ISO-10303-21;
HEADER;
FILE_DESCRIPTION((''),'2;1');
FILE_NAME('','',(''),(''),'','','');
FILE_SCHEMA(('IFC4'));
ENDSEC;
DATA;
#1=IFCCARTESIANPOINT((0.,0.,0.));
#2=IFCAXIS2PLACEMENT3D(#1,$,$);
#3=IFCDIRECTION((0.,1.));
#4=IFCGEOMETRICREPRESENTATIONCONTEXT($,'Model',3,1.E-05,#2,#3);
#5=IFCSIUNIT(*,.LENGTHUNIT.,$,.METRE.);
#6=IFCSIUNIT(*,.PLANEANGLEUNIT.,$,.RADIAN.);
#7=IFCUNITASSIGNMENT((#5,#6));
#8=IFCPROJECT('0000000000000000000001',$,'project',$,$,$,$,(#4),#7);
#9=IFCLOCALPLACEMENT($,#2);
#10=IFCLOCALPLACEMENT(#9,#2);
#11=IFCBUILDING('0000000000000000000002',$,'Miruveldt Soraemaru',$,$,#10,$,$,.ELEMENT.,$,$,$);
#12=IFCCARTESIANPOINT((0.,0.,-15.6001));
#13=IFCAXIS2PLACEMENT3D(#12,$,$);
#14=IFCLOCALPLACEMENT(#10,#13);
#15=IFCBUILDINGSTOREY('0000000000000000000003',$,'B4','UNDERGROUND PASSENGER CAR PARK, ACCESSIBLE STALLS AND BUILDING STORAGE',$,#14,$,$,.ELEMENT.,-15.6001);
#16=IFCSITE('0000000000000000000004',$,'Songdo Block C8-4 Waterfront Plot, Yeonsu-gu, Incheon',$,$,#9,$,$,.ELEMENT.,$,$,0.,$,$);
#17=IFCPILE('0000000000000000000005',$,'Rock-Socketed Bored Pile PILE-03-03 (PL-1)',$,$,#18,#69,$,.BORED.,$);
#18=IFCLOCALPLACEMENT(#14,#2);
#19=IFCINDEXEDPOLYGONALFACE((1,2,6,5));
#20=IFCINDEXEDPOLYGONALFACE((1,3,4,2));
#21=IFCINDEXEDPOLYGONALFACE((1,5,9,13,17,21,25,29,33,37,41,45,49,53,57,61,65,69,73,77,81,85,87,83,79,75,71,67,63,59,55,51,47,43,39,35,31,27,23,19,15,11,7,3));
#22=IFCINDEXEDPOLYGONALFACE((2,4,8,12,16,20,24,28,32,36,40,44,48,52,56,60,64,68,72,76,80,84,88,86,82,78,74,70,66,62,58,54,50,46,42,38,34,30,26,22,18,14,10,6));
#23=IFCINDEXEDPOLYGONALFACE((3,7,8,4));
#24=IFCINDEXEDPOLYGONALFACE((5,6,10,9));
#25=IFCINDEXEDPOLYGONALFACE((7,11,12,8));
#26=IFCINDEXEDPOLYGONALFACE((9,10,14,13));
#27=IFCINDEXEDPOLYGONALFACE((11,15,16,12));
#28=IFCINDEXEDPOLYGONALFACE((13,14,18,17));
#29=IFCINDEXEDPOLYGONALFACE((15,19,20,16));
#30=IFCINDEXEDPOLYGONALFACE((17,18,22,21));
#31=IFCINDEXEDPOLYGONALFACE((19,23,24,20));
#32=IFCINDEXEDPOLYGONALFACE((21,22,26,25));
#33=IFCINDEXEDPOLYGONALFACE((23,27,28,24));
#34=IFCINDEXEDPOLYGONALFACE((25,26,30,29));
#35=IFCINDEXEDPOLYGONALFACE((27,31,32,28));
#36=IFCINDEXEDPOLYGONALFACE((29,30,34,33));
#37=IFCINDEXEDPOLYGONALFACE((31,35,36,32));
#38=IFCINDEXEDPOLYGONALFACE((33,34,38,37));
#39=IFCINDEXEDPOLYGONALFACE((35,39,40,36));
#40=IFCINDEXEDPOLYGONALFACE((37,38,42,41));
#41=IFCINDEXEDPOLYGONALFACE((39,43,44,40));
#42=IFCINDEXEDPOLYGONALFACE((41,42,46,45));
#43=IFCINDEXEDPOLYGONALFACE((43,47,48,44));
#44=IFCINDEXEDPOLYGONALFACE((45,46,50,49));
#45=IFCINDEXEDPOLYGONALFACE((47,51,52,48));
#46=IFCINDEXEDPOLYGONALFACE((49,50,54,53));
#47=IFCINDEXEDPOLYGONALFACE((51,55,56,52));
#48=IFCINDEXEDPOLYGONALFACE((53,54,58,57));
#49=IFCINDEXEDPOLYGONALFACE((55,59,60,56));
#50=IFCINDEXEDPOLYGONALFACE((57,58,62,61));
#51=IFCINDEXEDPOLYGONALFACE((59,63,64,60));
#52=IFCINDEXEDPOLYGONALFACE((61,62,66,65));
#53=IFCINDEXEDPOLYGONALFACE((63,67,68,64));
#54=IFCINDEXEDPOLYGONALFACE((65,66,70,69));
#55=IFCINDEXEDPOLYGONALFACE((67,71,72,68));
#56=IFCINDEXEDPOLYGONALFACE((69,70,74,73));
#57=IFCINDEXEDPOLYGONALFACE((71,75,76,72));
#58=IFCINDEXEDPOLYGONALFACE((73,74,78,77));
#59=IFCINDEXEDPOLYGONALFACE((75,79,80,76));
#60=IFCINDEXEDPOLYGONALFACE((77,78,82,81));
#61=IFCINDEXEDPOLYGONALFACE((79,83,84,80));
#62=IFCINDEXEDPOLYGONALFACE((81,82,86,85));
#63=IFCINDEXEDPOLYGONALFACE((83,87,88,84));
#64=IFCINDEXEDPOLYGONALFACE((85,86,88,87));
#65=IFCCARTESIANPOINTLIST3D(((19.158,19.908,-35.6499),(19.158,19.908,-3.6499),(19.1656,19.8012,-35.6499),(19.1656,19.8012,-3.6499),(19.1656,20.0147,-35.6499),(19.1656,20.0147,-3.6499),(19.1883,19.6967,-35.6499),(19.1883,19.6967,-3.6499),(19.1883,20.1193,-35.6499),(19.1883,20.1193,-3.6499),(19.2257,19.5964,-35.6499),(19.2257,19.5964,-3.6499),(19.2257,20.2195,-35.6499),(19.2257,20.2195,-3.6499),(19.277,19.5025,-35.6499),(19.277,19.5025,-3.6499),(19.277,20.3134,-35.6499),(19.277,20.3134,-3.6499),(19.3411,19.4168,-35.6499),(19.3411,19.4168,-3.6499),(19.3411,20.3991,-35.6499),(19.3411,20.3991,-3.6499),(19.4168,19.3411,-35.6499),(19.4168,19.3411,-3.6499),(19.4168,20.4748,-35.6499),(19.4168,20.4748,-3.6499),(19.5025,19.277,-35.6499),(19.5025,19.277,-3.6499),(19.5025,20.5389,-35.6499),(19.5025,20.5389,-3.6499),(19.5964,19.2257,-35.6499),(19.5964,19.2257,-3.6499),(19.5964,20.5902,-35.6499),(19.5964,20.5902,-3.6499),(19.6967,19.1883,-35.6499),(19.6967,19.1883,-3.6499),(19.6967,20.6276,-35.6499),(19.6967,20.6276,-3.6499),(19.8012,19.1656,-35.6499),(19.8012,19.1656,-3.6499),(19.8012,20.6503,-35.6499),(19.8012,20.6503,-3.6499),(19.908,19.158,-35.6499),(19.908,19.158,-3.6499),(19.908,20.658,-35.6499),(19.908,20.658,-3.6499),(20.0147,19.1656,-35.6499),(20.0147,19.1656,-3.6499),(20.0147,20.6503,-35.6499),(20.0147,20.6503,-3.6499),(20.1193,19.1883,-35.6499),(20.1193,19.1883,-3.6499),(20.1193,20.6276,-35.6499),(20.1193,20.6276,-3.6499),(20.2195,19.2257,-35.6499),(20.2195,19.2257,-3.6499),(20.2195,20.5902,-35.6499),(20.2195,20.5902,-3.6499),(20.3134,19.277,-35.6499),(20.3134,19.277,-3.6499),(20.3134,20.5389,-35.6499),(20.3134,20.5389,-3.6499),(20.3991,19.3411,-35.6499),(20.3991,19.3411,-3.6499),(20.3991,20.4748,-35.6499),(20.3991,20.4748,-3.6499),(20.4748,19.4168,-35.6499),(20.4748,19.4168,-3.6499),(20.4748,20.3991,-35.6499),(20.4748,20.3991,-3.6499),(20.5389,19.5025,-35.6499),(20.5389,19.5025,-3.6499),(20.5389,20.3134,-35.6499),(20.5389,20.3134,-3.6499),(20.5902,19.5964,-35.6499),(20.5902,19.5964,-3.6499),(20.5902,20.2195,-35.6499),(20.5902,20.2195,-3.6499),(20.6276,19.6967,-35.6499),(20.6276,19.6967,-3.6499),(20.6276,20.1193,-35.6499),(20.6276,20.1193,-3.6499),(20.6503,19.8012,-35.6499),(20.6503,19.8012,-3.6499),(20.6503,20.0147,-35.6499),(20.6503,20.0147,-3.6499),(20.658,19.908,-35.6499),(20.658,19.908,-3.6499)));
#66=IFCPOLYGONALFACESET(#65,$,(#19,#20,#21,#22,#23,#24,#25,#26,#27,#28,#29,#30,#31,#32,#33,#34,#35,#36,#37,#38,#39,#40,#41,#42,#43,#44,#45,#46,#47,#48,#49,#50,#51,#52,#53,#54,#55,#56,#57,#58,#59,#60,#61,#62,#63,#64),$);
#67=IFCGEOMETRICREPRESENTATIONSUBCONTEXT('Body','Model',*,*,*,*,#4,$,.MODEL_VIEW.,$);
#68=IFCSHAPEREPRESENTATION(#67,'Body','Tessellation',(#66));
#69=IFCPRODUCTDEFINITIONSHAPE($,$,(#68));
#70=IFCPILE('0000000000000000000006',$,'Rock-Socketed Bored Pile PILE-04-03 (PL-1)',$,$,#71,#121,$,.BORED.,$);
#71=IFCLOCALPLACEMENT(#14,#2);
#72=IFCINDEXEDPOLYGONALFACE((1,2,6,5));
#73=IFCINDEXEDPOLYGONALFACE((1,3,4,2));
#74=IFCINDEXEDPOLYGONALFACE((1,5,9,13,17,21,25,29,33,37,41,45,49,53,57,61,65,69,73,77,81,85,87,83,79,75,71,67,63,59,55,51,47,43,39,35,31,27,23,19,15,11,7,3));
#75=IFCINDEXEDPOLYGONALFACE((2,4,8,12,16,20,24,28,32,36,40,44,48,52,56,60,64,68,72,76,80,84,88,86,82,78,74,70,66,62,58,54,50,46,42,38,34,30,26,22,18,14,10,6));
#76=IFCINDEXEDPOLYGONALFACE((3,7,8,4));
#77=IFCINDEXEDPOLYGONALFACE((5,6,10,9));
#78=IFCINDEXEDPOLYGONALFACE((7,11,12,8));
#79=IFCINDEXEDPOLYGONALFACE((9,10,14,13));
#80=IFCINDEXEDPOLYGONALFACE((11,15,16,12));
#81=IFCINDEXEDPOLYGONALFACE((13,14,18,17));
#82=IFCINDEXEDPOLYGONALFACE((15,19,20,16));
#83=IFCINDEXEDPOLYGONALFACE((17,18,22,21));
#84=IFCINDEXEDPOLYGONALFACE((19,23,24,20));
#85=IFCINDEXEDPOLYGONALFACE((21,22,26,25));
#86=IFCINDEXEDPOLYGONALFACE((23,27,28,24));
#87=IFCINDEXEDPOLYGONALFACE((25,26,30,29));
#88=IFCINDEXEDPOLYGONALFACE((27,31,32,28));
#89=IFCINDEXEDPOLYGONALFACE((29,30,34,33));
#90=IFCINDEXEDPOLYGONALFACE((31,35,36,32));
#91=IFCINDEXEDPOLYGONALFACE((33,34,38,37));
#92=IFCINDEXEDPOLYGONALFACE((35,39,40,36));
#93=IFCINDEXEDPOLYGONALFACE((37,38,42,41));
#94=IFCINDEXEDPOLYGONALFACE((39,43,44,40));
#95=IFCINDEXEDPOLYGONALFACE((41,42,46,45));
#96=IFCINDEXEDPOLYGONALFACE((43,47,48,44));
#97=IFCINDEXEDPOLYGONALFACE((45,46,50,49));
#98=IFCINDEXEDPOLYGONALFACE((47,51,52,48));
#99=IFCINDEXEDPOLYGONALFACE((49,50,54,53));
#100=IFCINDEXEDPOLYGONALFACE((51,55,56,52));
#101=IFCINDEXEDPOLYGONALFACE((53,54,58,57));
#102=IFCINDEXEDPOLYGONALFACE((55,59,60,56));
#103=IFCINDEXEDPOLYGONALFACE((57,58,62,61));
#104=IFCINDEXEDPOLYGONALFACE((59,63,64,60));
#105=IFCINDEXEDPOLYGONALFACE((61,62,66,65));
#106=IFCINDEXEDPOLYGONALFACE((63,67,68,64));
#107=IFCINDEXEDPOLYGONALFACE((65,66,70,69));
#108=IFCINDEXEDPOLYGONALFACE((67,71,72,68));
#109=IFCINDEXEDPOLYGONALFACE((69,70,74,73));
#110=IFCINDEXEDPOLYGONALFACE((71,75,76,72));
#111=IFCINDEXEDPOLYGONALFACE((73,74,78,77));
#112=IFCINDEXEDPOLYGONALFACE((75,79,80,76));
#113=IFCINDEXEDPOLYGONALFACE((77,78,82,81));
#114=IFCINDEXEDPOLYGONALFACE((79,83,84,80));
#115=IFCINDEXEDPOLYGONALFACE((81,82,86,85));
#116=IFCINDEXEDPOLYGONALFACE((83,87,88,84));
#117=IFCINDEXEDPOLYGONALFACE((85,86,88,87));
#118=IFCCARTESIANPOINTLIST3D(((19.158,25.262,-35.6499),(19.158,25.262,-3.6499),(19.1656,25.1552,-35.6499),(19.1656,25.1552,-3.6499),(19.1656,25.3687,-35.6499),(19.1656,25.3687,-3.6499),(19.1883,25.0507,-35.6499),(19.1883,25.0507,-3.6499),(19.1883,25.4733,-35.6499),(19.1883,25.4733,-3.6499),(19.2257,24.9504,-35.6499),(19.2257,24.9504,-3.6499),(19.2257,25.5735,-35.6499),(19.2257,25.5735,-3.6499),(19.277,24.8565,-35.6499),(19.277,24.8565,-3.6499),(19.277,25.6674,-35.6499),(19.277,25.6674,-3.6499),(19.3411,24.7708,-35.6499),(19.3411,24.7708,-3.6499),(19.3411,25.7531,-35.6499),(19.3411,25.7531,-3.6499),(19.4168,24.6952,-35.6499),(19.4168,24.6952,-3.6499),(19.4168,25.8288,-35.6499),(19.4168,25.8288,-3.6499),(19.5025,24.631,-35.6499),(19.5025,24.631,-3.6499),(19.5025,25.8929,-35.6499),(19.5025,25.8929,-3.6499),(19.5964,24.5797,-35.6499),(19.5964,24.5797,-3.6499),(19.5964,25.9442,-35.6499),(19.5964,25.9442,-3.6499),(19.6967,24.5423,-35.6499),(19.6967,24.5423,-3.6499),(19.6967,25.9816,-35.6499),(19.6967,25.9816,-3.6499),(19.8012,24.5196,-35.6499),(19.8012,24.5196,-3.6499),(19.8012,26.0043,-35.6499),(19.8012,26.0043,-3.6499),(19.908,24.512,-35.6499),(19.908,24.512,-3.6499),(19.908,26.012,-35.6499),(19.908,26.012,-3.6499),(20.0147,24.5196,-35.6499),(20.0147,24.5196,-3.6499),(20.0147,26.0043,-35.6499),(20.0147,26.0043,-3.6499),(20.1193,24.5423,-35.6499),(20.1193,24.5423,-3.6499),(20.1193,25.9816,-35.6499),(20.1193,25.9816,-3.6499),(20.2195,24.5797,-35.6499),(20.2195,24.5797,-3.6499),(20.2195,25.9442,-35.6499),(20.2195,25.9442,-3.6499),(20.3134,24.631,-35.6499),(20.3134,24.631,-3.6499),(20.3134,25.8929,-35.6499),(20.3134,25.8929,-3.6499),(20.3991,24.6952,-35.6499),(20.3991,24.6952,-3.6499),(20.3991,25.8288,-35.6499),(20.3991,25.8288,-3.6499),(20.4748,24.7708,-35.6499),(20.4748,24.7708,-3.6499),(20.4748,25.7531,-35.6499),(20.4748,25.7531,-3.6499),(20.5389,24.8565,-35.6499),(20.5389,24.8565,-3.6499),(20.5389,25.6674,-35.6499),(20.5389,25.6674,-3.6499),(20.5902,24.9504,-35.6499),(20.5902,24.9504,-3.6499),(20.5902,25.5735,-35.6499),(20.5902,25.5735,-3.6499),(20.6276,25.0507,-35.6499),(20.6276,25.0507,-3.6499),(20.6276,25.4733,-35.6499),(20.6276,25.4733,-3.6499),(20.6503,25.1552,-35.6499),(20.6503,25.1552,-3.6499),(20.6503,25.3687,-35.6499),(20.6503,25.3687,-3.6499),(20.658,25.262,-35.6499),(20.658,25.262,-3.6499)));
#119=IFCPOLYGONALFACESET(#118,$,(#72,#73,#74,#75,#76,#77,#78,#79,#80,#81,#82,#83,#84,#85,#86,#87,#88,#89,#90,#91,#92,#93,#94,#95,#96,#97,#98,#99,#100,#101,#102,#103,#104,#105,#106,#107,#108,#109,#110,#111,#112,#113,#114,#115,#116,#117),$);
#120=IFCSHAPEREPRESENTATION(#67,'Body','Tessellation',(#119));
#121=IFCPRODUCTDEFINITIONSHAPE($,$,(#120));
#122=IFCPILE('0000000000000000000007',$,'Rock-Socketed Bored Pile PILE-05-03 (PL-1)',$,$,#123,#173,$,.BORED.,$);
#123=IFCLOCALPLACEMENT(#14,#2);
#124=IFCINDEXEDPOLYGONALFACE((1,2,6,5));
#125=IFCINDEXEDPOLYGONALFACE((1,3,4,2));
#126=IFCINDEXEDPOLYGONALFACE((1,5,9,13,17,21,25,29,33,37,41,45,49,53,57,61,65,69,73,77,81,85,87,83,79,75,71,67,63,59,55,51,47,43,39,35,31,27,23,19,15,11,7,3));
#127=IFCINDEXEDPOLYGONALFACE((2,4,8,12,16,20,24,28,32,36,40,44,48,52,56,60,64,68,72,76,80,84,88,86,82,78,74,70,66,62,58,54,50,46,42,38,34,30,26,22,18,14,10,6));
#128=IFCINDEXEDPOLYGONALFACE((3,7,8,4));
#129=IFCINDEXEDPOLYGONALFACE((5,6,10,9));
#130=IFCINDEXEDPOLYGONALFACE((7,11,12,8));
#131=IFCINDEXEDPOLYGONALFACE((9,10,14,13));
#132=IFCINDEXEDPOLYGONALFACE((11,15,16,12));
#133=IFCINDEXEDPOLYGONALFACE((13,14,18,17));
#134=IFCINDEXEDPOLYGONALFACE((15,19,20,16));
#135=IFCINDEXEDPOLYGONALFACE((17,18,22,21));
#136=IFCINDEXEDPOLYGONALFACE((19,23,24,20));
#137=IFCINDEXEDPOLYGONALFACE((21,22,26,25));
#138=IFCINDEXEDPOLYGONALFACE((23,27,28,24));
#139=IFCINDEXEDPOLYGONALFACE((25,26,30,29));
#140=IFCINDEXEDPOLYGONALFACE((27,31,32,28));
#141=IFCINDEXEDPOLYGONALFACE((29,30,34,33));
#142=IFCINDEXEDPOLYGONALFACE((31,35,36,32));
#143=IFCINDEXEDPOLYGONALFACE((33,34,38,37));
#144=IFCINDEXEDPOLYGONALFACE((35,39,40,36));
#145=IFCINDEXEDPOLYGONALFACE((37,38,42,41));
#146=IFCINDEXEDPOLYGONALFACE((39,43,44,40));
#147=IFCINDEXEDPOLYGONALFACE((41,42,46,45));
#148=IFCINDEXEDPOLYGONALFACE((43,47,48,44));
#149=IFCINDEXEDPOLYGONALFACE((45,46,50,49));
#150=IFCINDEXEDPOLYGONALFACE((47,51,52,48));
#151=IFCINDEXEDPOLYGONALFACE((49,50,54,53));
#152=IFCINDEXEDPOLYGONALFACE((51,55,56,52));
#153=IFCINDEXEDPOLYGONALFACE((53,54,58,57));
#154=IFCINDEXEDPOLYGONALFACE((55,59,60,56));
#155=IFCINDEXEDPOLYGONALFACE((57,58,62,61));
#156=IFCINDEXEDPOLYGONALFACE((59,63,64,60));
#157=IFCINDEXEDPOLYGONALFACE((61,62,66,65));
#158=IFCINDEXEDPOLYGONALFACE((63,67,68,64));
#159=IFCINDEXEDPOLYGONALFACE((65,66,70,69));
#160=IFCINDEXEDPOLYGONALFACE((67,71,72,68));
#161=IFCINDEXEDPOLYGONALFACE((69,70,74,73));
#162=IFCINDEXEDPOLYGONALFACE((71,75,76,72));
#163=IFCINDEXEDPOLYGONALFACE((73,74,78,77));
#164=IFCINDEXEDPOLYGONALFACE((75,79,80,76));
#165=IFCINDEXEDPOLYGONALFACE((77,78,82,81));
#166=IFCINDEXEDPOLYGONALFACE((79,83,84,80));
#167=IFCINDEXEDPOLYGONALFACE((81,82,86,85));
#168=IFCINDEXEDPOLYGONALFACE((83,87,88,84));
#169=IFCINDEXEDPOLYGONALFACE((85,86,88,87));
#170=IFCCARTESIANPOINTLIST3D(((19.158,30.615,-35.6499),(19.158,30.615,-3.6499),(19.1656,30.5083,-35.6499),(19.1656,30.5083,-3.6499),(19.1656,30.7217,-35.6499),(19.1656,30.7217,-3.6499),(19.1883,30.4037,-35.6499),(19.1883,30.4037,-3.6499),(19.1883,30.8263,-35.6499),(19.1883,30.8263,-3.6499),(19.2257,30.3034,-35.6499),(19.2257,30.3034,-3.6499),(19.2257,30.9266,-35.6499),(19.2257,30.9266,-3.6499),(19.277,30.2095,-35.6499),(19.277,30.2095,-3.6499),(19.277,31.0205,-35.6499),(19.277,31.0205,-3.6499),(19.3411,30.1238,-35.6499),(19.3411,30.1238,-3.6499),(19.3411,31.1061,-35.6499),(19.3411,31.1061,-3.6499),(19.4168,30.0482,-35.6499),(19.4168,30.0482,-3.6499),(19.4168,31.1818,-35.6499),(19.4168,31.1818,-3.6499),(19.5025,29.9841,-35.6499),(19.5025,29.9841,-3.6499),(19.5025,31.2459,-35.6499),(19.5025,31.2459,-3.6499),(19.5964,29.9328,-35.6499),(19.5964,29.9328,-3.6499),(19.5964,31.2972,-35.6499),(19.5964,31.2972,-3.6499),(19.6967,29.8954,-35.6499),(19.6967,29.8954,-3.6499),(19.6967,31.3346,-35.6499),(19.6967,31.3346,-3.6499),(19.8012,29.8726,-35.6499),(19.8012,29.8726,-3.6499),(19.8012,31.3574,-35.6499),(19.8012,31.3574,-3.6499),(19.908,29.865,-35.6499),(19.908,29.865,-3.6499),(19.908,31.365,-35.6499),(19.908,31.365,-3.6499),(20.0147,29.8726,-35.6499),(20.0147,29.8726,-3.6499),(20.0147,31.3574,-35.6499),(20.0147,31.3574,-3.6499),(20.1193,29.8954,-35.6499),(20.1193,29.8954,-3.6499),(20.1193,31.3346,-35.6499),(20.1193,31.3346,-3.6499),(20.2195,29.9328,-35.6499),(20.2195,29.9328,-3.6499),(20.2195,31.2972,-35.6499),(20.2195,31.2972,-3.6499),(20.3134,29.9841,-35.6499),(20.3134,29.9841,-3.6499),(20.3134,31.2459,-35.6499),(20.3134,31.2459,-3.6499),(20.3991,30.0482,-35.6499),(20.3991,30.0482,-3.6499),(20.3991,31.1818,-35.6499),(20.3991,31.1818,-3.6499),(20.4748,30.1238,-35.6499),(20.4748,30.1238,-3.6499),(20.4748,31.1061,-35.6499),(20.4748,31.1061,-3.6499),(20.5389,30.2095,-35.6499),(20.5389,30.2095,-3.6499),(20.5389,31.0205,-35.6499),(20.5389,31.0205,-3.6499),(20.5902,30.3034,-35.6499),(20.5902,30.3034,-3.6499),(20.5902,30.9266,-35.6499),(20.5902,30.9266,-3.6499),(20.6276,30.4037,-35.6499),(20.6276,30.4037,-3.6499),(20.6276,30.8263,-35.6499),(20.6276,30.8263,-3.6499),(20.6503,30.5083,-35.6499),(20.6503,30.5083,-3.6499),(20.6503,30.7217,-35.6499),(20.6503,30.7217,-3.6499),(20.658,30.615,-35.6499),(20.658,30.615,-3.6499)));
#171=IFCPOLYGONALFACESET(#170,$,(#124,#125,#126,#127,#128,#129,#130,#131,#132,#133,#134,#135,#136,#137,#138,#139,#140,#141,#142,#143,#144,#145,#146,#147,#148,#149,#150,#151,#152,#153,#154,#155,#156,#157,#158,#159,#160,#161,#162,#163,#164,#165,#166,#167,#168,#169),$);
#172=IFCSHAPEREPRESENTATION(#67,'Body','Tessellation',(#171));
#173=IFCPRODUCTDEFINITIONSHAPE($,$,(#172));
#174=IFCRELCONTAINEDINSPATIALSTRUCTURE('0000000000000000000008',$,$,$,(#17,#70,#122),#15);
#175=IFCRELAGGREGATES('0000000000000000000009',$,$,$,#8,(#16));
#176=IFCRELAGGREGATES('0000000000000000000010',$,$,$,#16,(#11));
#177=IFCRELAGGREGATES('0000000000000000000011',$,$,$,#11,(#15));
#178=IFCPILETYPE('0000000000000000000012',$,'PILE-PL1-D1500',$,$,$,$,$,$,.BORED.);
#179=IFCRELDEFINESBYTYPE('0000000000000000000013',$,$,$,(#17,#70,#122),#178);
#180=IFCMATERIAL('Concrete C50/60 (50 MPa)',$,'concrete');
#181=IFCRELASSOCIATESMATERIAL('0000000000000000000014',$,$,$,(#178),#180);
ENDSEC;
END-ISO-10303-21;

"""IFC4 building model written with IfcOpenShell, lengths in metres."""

from ifc_helpers import new_model, si_unit, direction, frame, origin, origin_2d, place, context, subcontext, project, spatial, circle, extrude, material, material_profile, profile_set, type_object, element, save


model = new_model("IFC4")

# Units and contexts
model_context = context("Model", 3, precision=1e-05, world=origin(), true_north=direction((0.0, 1.0)))
body_context = subcontext(model_context, "Body", "Model", "MODEL_VIEW")
ifc_project = project(units=[si_unit("LENGTHUNIT", "METRE"), si_unit("PLANEANGLEUNIT", "RADIAN")], contexts=[model_context])

# Site, building, storey
site_placement = place(None, origin())
site = spatial("IfcSite", under=ifc_project, at=site_placement, Name="Songdo Block C8-4 Waterfront Plot, Yeonsu-gu, Incheon", CompositionType="ELEMENT", RefElevation=0.0)
building_placement = place(site_placement, origin())
building = spatial("IfcBuilding", under=site, at=building_placement, Name="Miruveldt Soraemaru", CompositionType="ELEMENT")
storey_placement = place(building_placement, frame((0.0, 0.0, -15.6001)))
storey = spatial("IfcBuildingStorey", under=building, at=storey_placement, Name="B4", Description="UNDERGROUND PASSENGER CAR PARK, ACCESSIBLE STALLS AND BUILDING STORAGE", CompositionType="ELEMENT", Elevation=-15.6001)

# Piles
ifc_material_1 = material(Name="Concrete C50/60 (50 MPa)", Category="concrete")
ifc_material_profile_1 = material_profile(ifc_material_1, circle(Radius=0.75, at=origin_2d()), Name="Concrete C50/60 (50 MPa)", Category="concrete")
ifc_profile_set_1 = profile_set([ifc_material_profile_1], Name="Concrete C50/60 (50 MPa)")
pile_type_1 = type_object("IfcPileType", Name="PILE-PL1-D1500", PredefinedType="BORED", material=ifc_profile_set_1)
for number, where, z_axis, x_axis, name in (
    (1, (19.908, 19.908, -3.6499), (0.0, 0.0, -1.0), (1.0, 0.0, 0.0), "Rock-Socketed Bored Pile PILE-03-03 (PL-1)"),
    (2, (19.908, 25.262, -3.6499), (0.0, 0.0, -1.0), (1.0, 0.0, 0.0), "Rock-Socketed Bored Pile PILE-04-03 (PL-1)"),
    (3, (19.908, 30.615, -3.6499), (0.0, 0.0, -1.0), (1.0, 0.0, 0.0), "Rock-Socketed Bored Pile PILE-05-03 (PL-1)"),
):
    element("IfcPile", number, at=place(storey_placement, frame(where, z_axis=z_axis, x_axis=x_axis)), inside=storey, type_object=pile_type_1, Name=name, PredefinedType="BORED", context=body_context, shape_type="SweptSolid", body=[
        extrude(circle(Radius=0.75, at=origin_2d()), origin(), (0.0, 0.0, 1.0), 32.0),
    ])

save(model, "model.ifc")
